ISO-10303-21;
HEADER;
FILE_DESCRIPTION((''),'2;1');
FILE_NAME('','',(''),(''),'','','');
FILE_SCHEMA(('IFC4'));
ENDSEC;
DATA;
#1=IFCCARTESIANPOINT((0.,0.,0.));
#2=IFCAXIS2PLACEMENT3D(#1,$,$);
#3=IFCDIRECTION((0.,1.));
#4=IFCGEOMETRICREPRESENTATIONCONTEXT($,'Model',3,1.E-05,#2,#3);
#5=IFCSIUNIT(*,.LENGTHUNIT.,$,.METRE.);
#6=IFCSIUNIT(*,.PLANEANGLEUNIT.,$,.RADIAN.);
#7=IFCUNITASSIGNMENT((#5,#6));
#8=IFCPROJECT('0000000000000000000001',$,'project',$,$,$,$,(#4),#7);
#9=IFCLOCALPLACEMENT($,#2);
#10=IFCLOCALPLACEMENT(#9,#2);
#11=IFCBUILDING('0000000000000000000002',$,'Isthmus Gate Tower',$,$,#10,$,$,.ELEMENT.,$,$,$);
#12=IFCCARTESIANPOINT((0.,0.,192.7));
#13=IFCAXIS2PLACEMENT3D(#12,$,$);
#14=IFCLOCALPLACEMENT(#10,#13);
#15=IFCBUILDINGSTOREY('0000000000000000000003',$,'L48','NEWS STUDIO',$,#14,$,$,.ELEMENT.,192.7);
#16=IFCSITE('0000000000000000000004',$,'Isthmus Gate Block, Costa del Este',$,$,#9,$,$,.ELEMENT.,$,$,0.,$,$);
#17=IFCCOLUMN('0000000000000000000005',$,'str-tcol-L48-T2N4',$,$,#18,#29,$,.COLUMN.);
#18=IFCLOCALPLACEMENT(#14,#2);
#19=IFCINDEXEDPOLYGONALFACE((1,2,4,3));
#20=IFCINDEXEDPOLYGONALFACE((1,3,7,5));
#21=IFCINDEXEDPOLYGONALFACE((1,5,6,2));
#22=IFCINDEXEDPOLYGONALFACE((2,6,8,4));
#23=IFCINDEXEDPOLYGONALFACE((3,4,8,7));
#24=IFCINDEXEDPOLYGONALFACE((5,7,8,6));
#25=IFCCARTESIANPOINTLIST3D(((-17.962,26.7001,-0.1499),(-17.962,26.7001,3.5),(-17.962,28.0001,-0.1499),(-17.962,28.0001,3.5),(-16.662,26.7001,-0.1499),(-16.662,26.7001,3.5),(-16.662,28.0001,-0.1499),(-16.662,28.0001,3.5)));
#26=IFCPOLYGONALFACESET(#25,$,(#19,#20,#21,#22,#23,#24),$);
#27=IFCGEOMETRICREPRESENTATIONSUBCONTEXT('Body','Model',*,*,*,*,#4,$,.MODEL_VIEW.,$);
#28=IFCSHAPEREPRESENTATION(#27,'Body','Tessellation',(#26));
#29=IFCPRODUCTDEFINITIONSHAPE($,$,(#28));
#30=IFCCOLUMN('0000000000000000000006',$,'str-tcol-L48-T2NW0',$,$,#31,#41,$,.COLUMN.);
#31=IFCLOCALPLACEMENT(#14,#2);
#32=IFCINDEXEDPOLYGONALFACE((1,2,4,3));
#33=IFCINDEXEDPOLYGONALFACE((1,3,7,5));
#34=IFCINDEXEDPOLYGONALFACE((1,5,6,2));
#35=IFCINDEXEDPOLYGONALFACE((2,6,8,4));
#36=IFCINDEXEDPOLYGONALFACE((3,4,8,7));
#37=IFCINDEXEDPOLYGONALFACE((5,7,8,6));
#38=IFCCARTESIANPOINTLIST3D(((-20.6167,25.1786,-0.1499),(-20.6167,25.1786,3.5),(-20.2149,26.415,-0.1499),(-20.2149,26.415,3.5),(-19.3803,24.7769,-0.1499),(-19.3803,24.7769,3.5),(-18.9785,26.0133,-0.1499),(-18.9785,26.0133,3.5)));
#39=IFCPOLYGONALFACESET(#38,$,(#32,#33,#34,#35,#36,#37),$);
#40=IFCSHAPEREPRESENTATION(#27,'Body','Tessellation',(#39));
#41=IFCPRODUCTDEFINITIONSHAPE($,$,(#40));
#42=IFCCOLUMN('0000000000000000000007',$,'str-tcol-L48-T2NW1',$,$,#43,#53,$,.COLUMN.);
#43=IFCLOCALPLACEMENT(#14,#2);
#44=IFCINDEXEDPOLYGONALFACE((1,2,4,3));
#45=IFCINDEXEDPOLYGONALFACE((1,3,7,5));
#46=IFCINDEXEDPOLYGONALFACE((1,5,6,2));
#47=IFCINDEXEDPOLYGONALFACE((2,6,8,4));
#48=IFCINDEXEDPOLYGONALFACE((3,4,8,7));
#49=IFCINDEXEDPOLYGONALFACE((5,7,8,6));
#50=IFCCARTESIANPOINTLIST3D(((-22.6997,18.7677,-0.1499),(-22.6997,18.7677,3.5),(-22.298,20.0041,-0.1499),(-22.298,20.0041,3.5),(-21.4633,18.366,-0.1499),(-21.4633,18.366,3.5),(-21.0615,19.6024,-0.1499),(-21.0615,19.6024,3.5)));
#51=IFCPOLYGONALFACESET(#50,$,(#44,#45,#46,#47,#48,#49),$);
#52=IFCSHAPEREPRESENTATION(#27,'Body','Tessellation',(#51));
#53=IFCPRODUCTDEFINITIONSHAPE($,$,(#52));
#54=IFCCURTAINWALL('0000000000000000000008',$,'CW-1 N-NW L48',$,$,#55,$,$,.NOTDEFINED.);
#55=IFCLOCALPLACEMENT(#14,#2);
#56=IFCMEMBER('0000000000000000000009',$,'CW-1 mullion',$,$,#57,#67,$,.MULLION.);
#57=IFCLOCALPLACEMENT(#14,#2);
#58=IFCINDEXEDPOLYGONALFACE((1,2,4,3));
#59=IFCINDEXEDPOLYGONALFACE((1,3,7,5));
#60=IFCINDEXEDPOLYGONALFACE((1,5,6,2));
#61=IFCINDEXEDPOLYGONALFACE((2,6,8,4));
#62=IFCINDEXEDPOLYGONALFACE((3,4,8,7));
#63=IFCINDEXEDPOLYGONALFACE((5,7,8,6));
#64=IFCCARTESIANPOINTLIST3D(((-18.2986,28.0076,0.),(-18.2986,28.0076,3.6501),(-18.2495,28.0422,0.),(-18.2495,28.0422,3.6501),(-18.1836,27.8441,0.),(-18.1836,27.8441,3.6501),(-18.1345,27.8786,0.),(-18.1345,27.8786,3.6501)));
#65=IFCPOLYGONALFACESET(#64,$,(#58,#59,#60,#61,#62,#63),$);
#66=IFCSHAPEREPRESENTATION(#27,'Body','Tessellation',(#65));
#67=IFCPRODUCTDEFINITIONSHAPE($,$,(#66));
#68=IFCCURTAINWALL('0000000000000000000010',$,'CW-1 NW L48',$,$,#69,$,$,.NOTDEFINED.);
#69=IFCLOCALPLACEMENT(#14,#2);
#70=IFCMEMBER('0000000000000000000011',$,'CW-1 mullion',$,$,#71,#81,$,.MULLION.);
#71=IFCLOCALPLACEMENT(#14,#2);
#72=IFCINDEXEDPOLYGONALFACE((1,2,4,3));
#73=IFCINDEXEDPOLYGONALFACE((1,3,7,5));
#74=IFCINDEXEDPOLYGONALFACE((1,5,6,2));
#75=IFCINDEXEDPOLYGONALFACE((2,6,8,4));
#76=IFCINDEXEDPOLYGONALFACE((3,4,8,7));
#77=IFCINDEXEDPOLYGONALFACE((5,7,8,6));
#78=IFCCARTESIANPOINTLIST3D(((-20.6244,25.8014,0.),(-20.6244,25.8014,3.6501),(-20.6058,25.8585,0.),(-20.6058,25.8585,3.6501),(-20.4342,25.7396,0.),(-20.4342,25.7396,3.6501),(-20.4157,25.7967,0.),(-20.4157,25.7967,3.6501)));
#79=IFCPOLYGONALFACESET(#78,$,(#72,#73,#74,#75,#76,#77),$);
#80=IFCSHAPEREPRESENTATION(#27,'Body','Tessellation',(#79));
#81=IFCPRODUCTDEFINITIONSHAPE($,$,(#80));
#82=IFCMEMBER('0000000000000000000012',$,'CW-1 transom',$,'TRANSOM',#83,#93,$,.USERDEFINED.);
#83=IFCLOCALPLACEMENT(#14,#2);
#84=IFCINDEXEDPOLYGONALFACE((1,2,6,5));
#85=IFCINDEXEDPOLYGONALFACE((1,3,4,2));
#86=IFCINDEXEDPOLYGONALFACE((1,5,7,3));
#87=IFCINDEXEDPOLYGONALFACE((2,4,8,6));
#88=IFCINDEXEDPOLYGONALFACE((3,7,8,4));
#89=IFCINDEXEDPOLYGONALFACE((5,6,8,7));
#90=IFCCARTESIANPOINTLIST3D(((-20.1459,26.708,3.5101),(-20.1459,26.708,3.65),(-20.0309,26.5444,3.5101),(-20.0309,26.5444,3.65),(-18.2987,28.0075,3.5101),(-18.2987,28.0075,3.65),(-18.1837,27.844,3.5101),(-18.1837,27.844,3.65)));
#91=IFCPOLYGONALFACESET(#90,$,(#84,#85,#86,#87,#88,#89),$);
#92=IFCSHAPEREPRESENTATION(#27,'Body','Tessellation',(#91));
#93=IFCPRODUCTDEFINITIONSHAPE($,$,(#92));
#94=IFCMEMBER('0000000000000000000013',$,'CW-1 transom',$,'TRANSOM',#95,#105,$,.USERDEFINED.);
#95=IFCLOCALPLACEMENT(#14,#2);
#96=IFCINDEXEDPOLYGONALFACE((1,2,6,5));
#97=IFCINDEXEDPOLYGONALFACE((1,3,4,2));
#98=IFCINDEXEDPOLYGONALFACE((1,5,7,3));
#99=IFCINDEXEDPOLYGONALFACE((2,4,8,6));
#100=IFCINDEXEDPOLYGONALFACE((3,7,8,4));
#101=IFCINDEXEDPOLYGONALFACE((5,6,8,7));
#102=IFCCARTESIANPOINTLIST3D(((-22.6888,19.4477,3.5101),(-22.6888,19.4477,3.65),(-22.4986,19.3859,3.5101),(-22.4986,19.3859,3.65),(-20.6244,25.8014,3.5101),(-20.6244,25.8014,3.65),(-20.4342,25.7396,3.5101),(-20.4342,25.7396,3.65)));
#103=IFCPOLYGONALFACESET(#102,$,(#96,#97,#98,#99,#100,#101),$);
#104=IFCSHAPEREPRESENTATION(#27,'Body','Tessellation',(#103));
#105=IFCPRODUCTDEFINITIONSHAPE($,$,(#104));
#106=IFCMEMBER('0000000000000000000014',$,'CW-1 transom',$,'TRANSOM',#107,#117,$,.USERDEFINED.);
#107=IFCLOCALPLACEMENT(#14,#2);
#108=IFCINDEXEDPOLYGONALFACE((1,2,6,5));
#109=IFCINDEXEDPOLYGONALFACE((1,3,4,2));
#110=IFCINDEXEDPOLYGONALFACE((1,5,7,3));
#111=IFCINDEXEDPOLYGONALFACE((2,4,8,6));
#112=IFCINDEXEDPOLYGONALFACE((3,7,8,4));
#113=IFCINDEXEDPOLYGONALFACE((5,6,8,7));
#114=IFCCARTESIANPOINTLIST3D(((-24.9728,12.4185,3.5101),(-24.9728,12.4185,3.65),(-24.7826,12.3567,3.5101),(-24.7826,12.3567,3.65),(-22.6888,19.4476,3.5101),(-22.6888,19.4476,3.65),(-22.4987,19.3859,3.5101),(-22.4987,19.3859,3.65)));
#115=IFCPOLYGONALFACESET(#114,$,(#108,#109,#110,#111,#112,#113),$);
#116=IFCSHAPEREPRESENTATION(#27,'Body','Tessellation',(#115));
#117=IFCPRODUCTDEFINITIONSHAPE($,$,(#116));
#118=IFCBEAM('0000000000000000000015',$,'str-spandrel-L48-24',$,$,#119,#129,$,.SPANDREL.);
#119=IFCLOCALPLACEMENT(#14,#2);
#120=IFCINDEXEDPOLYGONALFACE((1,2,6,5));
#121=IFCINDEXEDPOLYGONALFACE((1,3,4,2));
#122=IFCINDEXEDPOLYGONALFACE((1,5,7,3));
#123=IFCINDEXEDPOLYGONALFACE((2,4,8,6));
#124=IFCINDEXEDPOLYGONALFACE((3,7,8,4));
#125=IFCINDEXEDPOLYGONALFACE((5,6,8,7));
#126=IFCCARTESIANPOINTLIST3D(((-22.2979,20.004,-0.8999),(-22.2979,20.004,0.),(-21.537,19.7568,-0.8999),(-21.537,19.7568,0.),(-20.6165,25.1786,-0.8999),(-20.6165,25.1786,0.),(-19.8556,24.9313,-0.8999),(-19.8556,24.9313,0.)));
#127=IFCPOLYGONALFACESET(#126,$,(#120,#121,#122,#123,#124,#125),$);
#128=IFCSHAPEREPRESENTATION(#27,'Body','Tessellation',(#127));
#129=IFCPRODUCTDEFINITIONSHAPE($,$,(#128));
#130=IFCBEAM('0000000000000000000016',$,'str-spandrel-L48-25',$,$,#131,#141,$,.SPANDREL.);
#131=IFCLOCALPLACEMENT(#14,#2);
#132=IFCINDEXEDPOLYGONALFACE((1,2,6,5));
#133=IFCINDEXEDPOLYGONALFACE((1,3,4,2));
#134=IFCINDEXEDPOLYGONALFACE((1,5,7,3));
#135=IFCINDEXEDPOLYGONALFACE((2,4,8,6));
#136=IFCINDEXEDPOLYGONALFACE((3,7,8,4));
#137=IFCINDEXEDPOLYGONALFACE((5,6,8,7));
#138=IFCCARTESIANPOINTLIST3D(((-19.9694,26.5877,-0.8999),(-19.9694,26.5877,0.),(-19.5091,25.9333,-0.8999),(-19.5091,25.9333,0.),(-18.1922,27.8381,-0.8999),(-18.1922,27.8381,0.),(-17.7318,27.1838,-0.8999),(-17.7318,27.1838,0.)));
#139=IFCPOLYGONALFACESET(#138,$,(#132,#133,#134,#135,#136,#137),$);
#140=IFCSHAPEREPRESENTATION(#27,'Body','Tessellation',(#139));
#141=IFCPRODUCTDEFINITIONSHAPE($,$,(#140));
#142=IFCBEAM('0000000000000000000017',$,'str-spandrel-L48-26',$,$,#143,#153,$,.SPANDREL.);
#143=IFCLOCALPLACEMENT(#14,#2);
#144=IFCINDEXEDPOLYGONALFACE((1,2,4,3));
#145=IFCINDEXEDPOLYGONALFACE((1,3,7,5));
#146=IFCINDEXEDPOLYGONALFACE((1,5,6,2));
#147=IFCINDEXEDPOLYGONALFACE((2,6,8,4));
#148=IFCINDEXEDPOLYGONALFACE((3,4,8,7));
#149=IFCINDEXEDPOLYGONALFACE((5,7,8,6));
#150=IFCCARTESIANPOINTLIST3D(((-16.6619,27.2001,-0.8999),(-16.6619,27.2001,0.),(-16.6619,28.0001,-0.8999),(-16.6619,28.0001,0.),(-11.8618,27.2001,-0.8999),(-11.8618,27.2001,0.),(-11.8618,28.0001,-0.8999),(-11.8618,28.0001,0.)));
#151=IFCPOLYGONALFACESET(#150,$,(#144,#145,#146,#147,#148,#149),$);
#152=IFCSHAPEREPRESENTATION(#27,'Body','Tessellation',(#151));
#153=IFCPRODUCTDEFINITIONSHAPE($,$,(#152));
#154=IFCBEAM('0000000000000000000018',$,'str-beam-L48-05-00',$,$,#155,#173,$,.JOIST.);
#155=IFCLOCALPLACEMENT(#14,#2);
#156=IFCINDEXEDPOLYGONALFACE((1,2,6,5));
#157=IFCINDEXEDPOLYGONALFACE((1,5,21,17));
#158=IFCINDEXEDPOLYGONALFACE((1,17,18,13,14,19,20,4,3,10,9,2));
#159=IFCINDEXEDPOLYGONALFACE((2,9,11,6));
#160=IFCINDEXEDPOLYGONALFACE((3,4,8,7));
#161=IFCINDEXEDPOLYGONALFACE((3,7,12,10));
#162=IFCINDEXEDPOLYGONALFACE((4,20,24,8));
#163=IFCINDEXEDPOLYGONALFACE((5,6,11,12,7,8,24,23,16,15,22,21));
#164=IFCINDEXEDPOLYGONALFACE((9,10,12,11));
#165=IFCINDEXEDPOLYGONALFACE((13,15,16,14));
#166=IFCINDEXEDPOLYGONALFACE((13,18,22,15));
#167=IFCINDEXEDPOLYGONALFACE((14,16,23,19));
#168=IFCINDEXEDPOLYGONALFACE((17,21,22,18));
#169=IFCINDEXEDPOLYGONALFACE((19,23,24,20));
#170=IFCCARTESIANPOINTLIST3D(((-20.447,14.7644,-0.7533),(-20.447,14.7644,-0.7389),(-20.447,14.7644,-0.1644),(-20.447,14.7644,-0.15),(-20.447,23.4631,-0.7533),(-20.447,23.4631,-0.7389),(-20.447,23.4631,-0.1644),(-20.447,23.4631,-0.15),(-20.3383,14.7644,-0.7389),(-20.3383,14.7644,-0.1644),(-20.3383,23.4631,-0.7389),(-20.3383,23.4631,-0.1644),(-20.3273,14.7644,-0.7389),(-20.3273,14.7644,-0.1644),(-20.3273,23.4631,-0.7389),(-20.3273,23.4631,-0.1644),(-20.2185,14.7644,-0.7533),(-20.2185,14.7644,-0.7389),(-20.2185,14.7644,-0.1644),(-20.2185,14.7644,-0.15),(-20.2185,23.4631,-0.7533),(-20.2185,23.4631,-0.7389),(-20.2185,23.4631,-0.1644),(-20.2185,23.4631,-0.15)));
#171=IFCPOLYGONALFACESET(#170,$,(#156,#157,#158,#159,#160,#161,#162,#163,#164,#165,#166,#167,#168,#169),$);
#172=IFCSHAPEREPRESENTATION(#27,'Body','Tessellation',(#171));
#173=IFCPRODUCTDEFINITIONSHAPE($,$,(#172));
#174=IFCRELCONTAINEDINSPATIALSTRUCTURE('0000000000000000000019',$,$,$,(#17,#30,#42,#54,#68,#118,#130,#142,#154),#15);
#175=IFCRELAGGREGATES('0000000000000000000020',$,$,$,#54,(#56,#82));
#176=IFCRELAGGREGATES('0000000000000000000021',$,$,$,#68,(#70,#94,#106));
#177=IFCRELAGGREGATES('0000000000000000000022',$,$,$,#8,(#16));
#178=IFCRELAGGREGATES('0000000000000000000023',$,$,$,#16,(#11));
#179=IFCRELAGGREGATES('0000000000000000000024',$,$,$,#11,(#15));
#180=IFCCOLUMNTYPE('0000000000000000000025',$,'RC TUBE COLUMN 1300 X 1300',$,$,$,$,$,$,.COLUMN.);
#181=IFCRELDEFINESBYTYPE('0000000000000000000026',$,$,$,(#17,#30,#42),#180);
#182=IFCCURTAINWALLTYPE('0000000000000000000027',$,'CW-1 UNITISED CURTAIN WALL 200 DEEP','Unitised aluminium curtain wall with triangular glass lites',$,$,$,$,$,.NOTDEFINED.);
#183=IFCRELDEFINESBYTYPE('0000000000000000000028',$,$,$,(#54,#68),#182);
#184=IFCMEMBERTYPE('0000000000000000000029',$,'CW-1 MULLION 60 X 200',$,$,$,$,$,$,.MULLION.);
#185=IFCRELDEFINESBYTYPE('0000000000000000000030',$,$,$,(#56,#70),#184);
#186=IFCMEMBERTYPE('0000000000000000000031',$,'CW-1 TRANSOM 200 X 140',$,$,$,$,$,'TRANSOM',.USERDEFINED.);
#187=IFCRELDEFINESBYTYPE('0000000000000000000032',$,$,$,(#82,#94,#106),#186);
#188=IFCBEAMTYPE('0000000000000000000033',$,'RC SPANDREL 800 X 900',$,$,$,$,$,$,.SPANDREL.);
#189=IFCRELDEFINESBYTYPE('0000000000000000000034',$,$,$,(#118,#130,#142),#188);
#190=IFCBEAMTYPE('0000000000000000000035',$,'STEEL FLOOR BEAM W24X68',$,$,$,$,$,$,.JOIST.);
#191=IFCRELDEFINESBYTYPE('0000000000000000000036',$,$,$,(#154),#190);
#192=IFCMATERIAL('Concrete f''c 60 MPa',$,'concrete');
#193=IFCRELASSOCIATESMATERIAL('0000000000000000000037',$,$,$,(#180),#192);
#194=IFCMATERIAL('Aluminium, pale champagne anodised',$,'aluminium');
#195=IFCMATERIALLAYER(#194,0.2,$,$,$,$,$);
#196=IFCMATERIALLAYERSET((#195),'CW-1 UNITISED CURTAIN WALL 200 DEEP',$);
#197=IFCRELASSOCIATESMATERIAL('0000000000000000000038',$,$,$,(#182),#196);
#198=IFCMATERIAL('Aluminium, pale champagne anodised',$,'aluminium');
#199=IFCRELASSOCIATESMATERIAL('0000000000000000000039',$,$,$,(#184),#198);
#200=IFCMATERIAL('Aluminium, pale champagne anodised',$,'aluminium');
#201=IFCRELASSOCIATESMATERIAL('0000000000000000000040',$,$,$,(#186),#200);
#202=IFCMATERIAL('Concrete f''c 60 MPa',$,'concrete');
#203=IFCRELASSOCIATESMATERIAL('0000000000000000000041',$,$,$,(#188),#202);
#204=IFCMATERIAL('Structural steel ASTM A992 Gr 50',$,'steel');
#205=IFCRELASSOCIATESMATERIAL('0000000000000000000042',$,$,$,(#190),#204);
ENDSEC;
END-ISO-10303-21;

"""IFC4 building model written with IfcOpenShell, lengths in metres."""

from ifc_helpers import new_model, si_unit, direction, frame, origin, origin_2d, place, context, subcontext, project, spatial, rectangle, i_section, extrude, material, layer, layer_set, material_profile, profile_set, type_object, element, aggregate, save


model = new_model("IFC4")

# Units and contexts
model_context = context("Model", 3, precision=1e-05, world=origin(), true_north=direction((0.0, 1.0)))
body_context = subcontext(model_context, "Body", "Model", "MODEL_VIEW")
ifc_project = project(units=[si_unit("LENGTHUNIT", "METRE"), si_unit("PLANEANGLEUNIT", "RADIAN")], contexts=[model_context])

# Site, building, storey
site_placement = place(None, origin())
site = spatial("IfcSite", under=ifc_project, at=site_placement, Name="Isthmus Gate Block, Costa del Este", CompositionType="ELEMENT", RefElevation=0.0)
building_placement = place(site_placement, origin())
building = spatial("IfcBuilding", under=site, at=building_placement, Name="Isthmus Gate Tower", CompositionType="ELEMENT")
storey_placement = place(building_placement, frame((0.0, 0.0, 192.7)))
storey = spatial("IfcBuildingStorey", under=building, at=storey_placement, Name="L48", Description="NEWS STUDIO", CompositionType="ELEMENT", Elevation=192.7)

# Columns
ifc_material_1 = material(Name="Concrete f'c 60 MPa", Category="concrete")
ifc_material_profile_1 = material_profile(ifc_material_1, rectangle(XDim=1.3, YDim=1.3, at=origin_2d()), Name="RC 1300X1300")
ifc_profile_set_1 = profile_set([ifc_material_profile_1], Name="Concrete f'c 60 MPa")
column_type = type_object("IfcColumnType", Name="RC TUBE COLUMN 1300 X 1300", PredefinedType="COLUMN", material=ifc_profile_set_1)
for number, where, z_axis, x_axis, name in (
    (1, (-17.312, 27.3501, -0.1499), (0.0, 0.0, 1.0), (-1.0, 0.0, 0.0), "str-tcol-L48-T2N4"),
    (2, (-19.7976, 25.5959, -0.1499), (0.0, 0.0, 1.0), (-0.309017, -0.951057, 0.0), "str-tcol-L48-T2NW0"),
    (3, (-21.8806, 19.1851, -0.1499), (0.0, 0.0, 1.0), (-0.309017, -0.951057, 0.0), "str-tcol-L48-T2NW1"),
):
    element("IfcColumn", number, at=place(storey_placement, frame(where, z_axis=z_axis, x_axis=x_axis)), inside=storey, type_object=column_type, Name=name, PredefinedType="COLUMN", context=body_context, shape_type="SweptSolid", body=[
        extrude(rectangle(XDim=1.3, YDim=1.3, at=origin_2d()), origin(), (0.0, 0.0, 1.0), 3.6499),
    ])

# Curtain walls, members
ifc_material_2 = material(Name="Aluminium, pale champagne anodised", Category="aluminium")
ifc_layer_1 = layer(ifc_material_2, 0.2)
ifc_layer_set_1 = layer_set([ifc_layer_1], Name="CW-1 UNITISED CURTAIN WALL 200 DEEP")
curtain_wall_type = type_object("IfcCurtainWallType", Name="CW-1 UNITISED CURTAIN WALL 200 DEEP", Description="Unitised aluminium curtain wall with triangular glass lites", PredefinedType="NOTDEFINED", material=ifc_layer_set_1)
curtain_wall_1_placement = place(storey_placement, origin())
curtain_wall_1 = element("IfcCurtainWall", 4, at=curtain_wall_1_placement, inside=storey, type_object=curtain_wall_type, Name="CW-1 N-NW L48", PredefinedType="NOTDEFINED")
ifc_material_3 = material(Name="Aluminium, pale champagne anodised", Category="aluminium")
ifc_material_profile_2 = material_profile(ifc_material_3, rectangle(XDim=0.0601, YDim=0.2, at=origin_2d()), Name="60x200")
ifc_profile_set_2 = profile_set([ifc_material_profile_2], Name="Aluminium, pale champagne anodised")
member_type_1 = type_object("IfcMemberType", Name="CW-1 MULLION 60 X 200", PredefinedType="MULLION", material=ifc_profile_set_2)
member_1_placement = place(storey_placement, frame((-18.2166, 27.9431, 0.0), z_axis=(0.0, 0.0, 1.0), x_axis=(-0.81786, -0.575418, 0.0)))
member_1 = element("IfcMember", 5, at=member_1_placement, type_object=member_type_1, Name="CW-1 mullion", PredefinedType="MULLION", context=body_context, shape_type="SweptSolid", body=[
    extrude(rectangle(XDim=0.0601, YDim=0.2, at=origin_2d()), origin(), (0.0, 0.0, 1.0), 3.6501),
])
curtain_wall_2_placement = place(storey_placement, origin())
curtain_wall_2 = element("IfcCurtainWall", 6, at=curtain_wall_2_placement, inside=storey, type_object=curtain_wall_type, Name="CW-1 NW L48", PredefinedType="NOTDEFINED")
member_2_placement = place(storey_placement, frame((-20.52, 25.7991, 0.0), z_axis=(0.0, 0.0, 1.0), x_axis=(-0.309017, -0.951057, 0.0)))
member_2 = element("IfcMember", 7, at=member_2_placement, type_object=member_type_1, Name="CW-1 mullion", PredefinedType="MULLION", context=body_context, shape_type="SweptSolid", body=[
    extrude(rectangle(XDim=0.0601, YDim=0.2, at=origin_2d()), origin(), (0.0, 0.0, 1.0), 3.6501),
])

# Members
ifc_material_4 = material(Name="Aluminium, pale champagne anodised", Category="aluminium")
ifc_material_profile_3 = material_profile(ifc_material_4, rectangle(XDim=0.2, YDim=0.1399, at=origin_2d()), Name="200x140")
ifc_profile_set_3 = profile_set([ifc_material_profile_3], Name="Aluminium, pale champagne anodised")
member_type_2 = type_object("IfcMemberType", Name="CW-1 TRANSOM 200 X 140", ElementType="TRANSOM", PredefinedType="USERDEFINED", material=ifc_profile_set_3)
member_3_placement = place(storey_placement, frame((-18.2412, 27.9258, 3.5801), z_axis=(-0.817869, -0.575405, 0.0), x_axis=(0.575405, -0.817869, 0.0)))
member_3 = element("IfcMember", 8, at=member_3_placement, type_object=member_type_2, Name="CW-1 transom", ObjectType="TRANSOM", PredefinedType="USERDEFINED", context=body_context, shape_type="SweptSolid", body=[
    extrude(rectangle(XDim=0.2, YDim=0.1399, at=origin_2d()), origin(), (0.0, 0.0, 1.0), 2.2585),
])
member_4_placement = place(storey_placement, frame((-20.5293, 25.7705, 3.5801), z_axis=(-0.309016, -0.951057, 0.0), x_axis=(0.951057, -0.309016, 0.0)))
member_4 = element("IfcMember", 9, at=member_4_placement, type_object=member_type_2, Name="CW-1 transom", ObjectType="TRANSOM", PredefinedType="USERDEFINED", context=body_context, shape_type="SweptSolid", body=[
    extrude(rectangle(XDim=0.2, YDim=0.1399, at=origin_2d()), origin(), (0.0, 0.0, 1.0), 6.6807),
])
member_5_placement = place(storey_placement, frame((-22.5938, 19.4167, 3.5801), z_axis=(-0.309024, -0.951054, 0.0), x_axis=(0.951054, -0.309024, 0.0)))
member_5 = element("IfcMember", 10, at=member_5_placement, type_object=member_type_2, Name="CW-1 transom", ObjectType="TRANSOM", PredefinedType="USERDEFINED", context=body_context, shape_type="SweptSolid", body=[
    extrude(rectangle(XDim=0.2, YDim=0.1399, at=origin_2d()), origin(), (0.0, 0.0, 1.0), 7.3909),
])

# Beams
ifc_material_5 = material(Name="Concrete f'c 60 MPa", Category="concrete")
ifc_material_profile_4 = material_profile(ifc_material_5, rectangle(XDim=0.8, YDim=0.8999, at=origin_2d()), Name="RC 800X900")
ifc_profile_set_4 = profile_set([ifc_material_profile_4], Name="Concrete f'c 60 MPa")
beam_type_1 = type_object("IfcBeamType", Name="RC SPANDREL 800 X 900", PredefinedType="SPANDREL", material=ifc_profile_set_4)
beam_1_placement = place(storey_placement, frame((-21.9175, 19.8804, -0.45), z_axis=(0.30903, 0.951052, 0.0), x_axis=(-0.951052, 0.30903, 0.0)))
element("IfcBeam", 11, at=beam_1_placement, inside=storey, type_object=beam_type_1, Name="str-spandrel-L48-24", PredefinedType="SPANDREL", context=body_context, shape_type="SweptSolid", body=[
    extrude(rectangle(XDim=0.8, YDim=0.8999, at=origin_2d()), origin(), (0.0, 0.0, 1.0), 5.4409),
])
beam_2_placement = place(storey_placement, frame((-19.7393, 26.2605, -0.45), z_axis=(0.817857, 0.575421, 0.0), x_axis=(-0.575421, 0.817857, 0.0)))
element("IfcBeam", 12, at=beam_2_placement, inside=storey, type_object=beam_type_1, Name="str-spandrel-L48-25", PredefinedType="SPANDREL", context=body_context, shape_type="SweptSolid", body=[
    extrude(rectangle(XDim=0.8, YDim=0.8999, at=origin_2d()), origin(), (0.0, 0.0, 1.0), 2.1731),
])
beam_3_placement = place(storey_placement, frame((-16.6619, 27.6001, -0.45), z_axis=(1.0, 0.0, 0.0), x_axis=(0.0, 1.0, 0.0)))
element("IfcBeam", 13, at=beam_3_placement, inside=storey, type_object=beam_type_1, Name="str-spandrel-L48-26", PredefinedType="SPANDREL", context=body_context, shape_type="SweptSolid", body=[
    extrude(rectangle(XDim=0.8, YDim=0.8999, at=origin_2d()), origin(), (0.0, 0.0, 1.0), 4.8),
])
ifc_material_6 = material(Name="Structural steel ASTM A992 Gr 50", Category="steel")
ifc_material_profile_5 = material_profile(ifc_material_6, i_section(OverallWidth=0.2285, OverallDepth=0.6033, WebThickness=0.011, FlangeThickness=0.0144, at=origin_2d()), Name="W24X68")
ifc_profile_set_5 = profile_set([ifc_material_profile_5], Name="Structural steel ASTM A992 Gr 50")
beam_type_2 = type_object("IfcBeamType", Name="STEEL FLOOR BEAM W24X68", PredefinedType="JOIST", material=ifc_profile_set_5)
beam_4_placement = place(storey_placement, frame((-20.3328, 14.7644, -0.4517), z_axis=(0.0, 1.0, 0.0), x_axis=(-1.0, 0.0, 0.0)))
element("IfcBeam", 14, at=beam_4_placement, inside=storey, type_object=beam_type_2, Name="str-beam-L48-05-00", PredefinedType="JOIST", context=body_context, shape_type="SweptSolid", body=[
    extrude(i_section(OverallWidth=0.2285, OverallDepth=0.6033, WebThickness=0.011, FlangeThickness=0.0144, at=origin_2d()), origin(), (0.0, 0.0, 1.0), 8.6987),
])

aggregate(curtain_wall_1, [member_1, member_3])

aggregate(curtain_wall_2, [member_2, member_4, member_5])

save(model, "model.ifc")
